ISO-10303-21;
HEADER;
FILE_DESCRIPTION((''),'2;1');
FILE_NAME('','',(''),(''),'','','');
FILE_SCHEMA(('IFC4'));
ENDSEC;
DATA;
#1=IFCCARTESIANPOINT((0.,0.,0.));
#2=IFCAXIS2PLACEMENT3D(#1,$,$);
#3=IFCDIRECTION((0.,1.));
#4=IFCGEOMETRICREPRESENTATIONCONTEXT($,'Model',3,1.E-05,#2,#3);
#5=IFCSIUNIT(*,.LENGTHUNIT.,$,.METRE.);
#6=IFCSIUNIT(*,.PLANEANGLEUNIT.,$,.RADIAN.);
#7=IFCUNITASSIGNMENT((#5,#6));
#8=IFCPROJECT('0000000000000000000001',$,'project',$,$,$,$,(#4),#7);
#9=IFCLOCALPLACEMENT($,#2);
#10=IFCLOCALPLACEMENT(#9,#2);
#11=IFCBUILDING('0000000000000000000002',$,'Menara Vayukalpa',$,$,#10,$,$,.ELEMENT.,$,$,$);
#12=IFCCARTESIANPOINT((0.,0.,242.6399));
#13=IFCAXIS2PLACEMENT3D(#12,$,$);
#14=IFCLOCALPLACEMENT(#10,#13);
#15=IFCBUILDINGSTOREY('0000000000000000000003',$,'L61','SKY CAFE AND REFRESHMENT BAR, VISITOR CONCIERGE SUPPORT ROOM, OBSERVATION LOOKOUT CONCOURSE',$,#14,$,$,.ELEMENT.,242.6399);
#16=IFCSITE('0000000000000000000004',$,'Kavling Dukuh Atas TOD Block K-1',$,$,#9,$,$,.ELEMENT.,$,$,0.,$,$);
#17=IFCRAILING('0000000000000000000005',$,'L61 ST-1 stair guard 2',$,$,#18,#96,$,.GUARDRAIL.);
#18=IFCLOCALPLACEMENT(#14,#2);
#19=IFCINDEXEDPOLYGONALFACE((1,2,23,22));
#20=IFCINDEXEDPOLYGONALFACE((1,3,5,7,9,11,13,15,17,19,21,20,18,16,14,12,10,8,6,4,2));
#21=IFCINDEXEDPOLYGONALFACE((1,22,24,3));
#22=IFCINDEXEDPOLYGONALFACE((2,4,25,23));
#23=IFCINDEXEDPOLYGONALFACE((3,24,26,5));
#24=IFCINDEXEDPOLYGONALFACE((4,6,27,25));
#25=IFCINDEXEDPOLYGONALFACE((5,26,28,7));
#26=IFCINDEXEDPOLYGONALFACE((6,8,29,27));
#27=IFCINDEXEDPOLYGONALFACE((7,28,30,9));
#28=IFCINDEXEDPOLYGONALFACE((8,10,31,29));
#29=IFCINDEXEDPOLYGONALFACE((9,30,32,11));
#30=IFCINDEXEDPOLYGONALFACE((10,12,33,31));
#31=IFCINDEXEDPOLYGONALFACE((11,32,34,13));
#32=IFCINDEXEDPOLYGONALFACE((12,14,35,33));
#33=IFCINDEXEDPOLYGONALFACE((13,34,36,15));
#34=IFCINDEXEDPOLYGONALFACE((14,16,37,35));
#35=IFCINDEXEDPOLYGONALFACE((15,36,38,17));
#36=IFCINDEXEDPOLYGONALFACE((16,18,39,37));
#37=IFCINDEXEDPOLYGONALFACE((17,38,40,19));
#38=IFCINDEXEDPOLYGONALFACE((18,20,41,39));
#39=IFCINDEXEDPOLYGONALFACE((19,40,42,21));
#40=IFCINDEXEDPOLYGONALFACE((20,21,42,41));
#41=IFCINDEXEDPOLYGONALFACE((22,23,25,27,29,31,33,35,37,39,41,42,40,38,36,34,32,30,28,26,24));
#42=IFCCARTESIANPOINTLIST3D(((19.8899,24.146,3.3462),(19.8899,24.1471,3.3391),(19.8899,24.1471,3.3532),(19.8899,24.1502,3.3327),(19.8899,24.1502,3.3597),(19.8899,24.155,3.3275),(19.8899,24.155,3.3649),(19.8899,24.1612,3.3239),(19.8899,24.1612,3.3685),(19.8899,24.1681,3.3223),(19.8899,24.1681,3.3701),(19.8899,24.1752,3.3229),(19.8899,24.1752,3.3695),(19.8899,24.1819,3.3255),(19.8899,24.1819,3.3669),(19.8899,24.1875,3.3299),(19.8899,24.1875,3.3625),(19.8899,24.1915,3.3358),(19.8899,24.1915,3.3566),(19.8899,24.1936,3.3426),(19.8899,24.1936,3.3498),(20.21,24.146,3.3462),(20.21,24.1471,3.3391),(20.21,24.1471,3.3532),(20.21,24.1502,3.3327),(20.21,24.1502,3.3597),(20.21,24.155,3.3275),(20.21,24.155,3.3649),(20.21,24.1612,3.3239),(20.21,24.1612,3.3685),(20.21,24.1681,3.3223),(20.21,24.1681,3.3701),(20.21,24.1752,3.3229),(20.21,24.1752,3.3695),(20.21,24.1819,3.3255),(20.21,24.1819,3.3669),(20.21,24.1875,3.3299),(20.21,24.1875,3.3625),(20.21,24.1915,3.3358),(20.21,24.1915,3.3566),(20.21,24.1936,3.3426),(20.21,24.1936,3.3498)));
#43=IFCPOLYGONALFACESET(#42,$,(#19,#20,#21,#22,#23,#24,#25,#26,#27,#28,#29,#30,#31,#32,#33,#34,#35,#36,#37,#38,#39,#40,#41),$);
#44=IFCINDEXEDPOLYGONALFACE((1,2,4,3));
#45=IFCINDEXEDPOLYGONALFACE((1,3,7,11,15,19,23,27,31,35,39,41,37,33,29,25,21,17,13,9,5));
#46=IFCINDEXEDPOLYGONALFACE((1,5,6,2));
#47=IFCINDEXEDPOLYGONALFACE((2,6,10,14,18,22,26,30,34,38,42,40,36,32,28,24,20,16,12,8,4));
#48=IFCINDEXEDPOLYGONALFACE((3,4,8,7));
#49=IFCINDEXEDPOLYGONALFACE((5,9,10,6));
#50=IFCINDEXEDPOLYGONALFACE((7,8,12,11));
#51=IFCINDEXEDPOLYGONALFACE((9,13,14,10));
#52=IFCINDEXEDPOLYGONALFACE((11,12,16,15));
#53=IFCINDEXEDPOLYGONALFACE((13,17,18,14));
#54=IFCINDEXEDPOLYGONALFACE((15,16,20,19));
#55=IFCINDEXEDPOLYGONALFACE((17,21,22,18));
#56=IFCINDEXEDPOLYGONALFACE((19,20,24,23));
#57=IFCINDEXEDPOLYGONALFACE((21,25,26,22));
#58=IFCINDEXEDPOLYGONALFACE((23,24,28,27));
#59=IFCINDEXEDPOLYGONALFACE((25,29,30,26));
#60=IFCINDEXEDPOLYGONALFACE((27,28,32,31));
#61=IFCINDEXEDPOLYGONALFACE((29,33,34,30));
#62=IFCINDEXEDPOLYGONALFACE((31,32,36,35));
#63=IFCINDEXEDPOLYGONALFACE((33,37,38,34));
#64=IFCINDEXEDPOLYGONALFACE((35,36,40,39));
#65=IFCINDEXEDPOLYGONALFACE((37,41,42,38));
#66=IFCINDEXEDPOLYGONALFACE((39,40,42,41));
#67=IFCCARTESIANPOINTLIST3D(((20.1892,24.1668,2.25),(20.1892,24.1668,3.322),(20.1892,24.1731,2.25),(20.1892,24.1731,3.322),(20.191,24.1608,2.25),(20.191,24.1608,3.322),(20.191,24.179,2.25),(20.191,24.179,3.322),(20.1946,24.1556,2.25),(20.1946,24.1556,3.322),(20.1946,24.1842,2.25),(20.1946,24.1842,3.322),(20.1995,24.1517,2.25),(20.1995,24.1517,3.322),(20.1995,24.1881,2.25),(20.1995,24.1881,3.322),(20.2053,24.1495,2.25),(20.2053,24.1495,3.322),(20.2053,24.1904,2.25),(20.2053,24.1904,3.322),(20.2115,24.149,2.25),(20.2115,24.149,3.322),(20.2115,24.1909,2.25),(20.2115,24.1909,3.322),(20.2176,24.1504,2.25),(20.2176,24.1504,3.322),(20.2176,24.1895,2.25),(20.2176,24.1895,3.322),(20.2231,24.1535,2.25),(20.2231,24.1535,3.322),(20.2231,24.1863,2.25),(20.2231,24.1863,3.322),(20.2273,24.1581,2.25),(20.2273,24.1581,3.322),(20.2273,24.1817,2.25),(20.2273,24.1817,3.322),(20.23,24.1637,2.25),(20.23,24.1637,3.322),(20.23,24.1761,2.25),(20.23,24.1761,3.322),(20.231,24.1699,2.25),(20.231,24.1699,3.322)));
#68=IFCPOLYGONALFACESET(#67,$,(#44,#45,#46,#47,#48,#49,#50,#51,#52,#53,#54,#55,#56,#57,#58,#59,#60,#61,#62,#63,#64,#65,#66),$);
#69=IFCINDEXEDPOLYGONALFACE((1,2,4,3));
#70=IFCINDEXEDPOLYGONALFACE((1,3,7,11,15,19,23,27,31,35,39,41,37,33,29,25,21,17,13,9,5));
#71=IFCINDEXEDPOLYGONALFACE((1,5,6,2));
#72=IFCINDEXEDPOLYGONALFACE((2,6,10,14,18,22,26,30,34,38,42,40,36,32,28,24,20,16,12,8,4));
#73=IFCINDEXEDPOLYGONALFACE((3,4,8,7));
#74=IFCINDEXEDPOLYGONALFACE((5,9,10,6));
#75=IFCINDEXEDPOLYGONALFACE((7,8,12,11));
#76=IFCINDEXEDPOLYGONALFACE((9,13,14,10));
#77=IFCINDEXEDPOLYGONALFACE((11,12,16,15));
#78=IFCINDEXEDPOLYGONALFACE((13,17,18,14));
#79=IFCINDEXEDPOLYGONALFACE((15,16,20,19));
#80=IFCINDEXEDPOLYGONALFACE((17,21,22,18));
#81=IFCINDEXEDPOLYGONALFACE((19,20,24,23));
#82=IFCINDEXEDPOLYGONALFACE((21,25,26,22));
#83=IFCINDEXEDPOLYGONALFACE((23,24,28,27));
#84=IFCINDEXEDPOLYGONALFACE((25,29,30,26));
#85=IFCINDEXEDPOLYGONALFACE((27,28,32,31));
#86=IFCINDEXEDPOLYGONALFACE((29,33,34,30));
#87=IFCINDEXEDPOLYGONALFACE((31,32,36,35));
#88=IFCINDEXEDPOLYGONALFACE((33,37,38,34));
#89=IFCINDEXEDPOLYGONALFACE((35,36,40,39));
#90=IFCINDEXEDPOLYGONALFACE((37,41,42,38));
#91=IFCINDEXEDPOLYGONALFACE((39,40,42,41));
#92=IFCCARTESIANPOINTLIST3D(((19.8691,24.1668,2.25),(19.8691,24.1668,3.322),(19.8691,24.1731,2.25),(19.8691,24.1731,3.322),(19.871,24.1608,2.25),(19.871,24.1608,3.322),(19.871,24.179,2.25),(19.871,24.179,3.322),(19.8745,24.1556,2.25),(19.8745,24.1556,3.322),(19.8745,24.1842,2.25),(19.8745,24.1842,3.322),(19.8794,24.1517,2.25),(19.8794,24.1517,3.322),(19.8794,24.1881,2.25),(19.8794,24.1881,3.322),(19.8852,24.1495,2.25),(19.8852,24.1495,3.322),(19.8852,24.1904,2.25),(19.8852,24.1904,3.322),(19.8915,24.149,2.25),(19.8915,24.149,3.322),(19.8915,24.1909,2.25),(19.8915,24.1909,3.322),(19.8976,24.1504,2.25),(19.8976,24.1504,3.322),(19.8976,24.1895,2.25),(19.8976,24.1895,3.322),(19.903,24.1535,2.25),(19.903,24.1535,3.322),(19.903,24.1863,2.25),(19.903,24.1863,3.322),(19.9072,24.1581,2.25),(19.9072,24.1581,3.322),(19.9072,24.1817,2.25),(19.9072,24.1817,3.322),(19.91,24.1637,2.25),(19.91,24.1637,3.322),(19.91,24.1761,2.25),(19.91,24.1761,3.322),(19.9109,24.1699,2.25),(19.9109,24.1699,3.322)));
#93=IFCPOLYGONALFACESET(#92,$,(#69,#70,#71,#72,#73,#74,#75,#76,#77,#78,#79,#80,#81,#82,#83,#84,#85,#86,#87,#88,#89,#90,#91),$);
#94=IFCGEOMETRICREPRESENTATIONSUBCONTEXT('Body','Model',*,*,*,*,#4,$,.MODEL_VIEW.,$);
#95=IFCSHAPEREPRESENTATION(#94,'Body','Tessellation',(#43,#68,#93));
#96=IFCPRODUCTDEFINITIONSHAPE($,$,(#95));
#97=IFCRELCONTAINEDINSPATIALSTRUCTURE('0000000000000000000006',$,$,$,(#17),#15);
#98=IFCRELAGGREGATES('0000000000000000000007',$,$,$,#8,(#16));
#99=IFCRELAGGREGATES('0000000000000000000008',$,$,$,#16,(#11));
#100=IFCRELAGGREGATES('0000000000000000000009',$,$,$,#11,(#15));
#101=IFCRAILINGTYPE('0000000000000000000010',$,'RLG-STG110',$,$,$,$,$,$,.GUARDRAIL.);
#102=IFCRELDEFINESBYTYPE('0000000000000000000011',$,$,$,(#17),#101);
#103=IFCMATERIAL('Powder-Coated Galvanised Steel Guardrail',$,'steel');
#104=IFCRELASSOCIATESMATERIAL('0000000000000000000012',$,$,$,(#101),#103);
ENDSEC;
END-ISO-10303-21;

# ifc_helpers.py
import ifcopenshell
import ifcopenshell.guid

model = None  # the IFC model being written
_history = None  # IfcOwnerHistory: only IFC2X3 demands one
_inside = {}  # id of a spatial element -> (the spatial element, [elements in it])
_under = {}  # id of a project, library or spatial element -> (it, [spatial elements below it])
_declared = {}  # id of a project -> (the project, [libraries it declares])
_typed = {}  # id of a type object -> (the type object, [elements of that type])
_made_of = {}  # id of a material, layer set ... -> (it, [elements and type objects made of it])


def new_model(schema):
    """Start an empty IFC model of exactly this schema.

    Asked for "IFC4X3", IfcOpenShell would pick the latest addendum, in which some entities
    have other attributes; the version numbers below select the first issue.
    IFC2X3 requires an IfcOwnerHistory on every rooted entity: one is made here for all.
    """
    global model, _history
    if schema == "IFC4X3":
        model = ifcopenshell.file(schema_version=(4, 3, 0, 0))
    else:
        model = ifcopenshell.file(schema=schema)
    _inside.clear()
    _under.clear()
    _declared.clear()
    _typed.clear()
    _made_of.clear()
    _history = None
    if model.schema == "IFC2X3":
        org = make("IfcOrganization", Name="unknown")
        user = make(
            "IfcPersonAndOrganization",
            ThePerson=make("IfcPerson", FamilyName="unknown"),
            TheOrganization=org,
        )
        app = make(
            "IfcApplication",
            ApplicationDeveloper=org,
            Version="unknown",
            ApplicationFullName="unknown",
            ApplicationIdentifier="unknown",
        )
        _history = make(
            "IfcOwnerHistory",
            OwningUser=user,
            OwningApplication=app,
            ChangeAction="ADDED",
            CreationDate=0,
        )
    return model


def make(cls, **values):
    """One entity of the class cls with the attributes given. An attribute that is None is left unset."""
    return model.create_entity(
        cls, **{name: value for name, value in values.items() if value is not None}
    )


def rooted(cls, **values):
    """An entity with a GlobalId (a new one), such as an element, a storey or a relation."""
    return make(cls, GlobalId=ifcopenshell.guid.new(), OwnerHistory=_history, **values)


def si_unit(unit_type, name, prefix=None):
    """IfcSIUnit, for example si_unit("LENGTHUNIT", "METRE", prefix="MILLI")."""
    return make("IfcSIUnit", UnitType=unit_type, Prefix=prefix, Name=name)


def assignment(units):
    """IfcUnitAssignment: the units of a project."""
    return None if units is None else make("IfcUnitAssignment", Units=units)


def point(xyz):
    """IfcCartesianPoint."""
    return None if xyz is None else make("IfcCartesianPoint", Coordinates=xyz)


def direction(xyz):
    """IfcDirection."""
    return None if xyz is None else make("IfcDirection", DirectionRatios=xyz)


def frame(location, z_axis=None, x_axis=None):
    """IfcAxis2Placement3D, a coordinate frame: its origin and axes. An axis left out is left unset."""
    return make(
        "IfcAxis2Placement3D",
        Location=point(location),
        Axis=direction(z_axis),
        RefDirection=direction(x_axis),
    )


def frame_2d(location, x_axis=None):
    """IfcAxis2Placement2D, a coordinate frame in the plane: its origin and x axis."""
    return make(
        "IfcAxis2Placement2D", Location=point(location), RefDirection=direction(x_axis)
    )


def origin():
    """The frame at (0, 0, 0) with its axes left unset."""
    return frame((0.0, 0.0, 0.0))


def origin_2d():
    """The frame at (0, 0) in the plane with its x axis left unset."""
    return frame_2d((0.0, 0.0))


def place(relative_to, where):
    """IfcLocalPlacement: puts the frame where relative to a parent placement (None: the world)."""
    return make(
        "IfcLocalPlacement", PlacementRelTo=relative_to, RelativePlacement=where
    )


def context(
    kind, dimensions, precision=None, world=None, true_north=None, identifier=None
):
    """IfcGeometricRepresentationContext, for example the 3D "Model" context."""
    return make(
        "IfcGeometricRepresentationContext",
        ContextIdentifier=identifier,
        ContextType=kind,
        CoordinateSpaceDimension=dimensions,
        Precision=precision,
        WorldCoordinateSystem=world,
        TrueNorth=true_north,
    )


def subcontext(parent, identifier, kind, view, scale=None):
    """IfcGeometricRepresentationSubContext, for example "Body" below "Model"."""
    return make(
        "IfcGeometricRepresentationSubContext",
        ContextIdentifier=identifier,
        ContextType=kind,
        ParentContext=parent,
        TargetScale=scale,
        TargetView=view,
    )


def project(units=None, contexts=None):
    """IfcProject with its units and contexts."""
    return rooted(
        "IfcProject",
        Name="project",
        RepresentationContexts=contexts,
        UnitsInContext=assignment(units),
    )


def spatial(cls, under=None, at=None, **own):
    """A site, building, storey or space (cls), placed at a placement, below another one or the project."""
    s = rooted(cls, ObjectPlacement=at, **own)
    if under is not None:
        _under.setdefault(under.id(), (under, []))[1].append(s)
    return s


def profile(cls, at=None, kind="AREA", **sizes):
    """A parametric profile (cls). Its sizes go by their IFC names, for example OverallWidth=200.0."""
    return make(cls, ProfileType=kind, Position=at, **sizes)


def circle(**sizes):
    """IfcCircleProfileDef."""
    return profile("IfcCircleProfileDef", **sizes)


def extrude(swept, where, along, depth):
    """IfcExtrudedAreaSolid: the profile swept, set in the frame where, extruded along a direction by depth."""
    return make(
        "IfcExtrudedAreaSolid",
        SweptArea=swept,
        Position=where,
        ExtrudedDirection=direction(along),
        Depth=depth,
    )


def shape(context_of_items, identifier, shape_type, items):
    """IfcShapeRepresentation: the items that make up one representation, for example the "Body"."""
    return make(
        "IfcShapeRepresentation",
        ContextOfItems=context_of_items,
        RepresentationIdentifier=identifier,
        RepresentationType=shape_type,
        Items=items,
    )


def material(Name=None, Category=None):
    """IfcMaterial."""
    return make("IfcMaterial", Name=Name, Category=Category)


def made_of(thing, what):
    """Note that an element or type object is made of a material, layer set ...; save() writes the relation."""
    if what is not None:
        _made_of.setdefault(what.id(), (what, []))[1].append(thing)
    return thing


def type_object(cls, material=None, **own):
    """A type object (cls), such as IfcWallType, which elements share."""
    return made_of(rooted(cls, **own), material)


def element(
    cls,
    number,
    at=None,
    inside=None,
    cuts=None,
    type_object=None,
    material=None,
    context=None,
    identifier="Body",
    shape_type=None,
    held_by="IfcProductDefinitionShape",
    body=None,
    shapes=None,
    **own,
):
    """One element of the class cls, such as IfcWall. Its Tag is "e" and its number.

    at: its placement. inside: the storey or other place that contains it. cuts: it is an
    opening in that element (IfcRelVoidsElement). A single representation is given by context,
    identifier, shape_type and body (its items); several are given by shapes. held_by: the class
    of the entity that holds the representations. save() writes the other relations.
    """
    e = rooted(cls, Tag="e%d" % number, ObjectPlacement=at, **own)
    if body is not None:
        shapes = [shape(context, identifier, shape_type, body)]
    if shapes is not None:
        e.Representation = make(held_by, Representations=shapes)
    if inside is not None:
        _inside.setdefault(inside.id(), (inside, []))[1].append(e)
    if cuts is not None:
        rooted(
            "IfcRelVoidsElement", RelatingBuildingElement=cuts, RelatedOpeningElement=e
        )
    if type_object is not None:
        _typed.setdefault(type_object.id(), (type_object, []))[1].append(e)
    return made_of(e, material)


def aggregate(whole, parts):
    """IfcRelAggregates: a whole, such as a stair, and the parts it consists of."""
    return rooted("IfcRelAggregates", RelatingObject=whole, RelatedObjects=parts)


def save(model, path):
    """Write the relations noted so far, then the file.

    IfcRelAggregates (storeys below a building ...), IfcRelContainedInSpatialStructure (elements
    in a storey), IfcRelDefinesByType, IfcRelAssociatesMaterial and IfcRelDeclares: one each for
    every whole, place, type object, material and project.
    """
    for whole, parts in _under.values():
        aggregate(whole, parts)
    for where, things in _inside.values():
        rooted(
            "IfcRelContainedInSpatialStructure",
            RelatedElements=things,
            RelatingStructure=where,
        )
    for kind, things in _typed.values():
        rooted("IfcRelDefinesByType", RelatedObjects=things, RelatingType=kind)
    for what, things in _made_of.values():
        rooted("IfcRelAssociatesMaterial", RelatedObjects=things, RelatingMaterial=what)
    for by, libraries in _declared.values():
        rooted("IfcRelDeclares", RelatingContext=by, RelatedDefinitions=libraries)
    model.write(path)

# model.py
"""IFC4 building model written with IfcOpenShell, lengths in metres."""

from ifc_helpers import new_model, si_unit, direction, frame, origin, origin_2d, place, context, subcontext, project, spatial, circle, extrude, material, type_object, element, save


model = new_model("IFC4")

# Units and contexts
model_context = context("Model", 3, precision=1e-05, world=origin(), true_north=direction((0.0, 1.0)))
body_context = subcontext(model_context, "Body", "Model", "MODEL_VIEW")
ifc_project = project(units=[si_unit("LENGTHUNIT", "METRE"), si_unit("PLANEANGLEUNIT", "RADIAN")], contexts=[model_context])

# Site, building, storey
site_placement = place(None, origin())
site = spatial("IfcSite", under=ifc_project, at=site_placement, Name="Kavling Dukuh Atas TOD Block K-1", CompositionType="ELEMENT", RefElevation=0.0)
building_placement = place(site_placement, origin())
building = spatial("IfcBuilding", under=site, at=building_placement, Name="Menara Vayukalpa", CompositionType="ELEMENT")
storey_placement = place(building_placement, frame((0.0, 0.0, 242.6399)))
storey = spatial("IfcBuildingStorey", under=building, at=storey_placement, Name="L61", Description="SKY CAFE AND REFRESHMENT BAR, VISITOR CONCIERGE SUPPORT ROOM, OBSERVATION LOOKOUT CONCOURSE", CompositionType="ELEMENT", Elevation=242.6399)

# Railing
ifc_material_1 = material(Name="Powder-Coated Galvanised Steel Guardrail", Category="steel")
railing_type_1 = type_object("IfcRailingType", Name="RLG-STG110", PredefinedType="GUARDRAIL", material=ifc_material_1)
railing_1_placement = place(storey_placement, frame((20.21, 24.1699, 2.25)))
element("IfcRailing", 1, at=railing_1_placement, inside=storey, type_object=railing_type_1, Name="L61 ST-1 stair guard 2", PredefinedType="GUARDRAIL", context=body_context, shape_type="SweptSolid", body=[
    extrude(circle(Radius=0.0239, at=origin_2d()), frame((0.0, 0.0, 1.0962), z_axis=(-1.0, 0.0, 0.0), x_axis=(0.0, -1.0, 0.0)), (0.0, 0.0, 1.0), 0.3201),
    extrude(circle(Radius=0.021, at=origin_2d()), origin(), (0.0, 0.0, 1.0), 1.072),
    extrude(circle(Radius=0.021, at=origin_2d()), frame((-0.3201, 0.0, 0.0)), (0.0, 0.0, 1.0), 1.072),
])

save(model, "model.ifc")
